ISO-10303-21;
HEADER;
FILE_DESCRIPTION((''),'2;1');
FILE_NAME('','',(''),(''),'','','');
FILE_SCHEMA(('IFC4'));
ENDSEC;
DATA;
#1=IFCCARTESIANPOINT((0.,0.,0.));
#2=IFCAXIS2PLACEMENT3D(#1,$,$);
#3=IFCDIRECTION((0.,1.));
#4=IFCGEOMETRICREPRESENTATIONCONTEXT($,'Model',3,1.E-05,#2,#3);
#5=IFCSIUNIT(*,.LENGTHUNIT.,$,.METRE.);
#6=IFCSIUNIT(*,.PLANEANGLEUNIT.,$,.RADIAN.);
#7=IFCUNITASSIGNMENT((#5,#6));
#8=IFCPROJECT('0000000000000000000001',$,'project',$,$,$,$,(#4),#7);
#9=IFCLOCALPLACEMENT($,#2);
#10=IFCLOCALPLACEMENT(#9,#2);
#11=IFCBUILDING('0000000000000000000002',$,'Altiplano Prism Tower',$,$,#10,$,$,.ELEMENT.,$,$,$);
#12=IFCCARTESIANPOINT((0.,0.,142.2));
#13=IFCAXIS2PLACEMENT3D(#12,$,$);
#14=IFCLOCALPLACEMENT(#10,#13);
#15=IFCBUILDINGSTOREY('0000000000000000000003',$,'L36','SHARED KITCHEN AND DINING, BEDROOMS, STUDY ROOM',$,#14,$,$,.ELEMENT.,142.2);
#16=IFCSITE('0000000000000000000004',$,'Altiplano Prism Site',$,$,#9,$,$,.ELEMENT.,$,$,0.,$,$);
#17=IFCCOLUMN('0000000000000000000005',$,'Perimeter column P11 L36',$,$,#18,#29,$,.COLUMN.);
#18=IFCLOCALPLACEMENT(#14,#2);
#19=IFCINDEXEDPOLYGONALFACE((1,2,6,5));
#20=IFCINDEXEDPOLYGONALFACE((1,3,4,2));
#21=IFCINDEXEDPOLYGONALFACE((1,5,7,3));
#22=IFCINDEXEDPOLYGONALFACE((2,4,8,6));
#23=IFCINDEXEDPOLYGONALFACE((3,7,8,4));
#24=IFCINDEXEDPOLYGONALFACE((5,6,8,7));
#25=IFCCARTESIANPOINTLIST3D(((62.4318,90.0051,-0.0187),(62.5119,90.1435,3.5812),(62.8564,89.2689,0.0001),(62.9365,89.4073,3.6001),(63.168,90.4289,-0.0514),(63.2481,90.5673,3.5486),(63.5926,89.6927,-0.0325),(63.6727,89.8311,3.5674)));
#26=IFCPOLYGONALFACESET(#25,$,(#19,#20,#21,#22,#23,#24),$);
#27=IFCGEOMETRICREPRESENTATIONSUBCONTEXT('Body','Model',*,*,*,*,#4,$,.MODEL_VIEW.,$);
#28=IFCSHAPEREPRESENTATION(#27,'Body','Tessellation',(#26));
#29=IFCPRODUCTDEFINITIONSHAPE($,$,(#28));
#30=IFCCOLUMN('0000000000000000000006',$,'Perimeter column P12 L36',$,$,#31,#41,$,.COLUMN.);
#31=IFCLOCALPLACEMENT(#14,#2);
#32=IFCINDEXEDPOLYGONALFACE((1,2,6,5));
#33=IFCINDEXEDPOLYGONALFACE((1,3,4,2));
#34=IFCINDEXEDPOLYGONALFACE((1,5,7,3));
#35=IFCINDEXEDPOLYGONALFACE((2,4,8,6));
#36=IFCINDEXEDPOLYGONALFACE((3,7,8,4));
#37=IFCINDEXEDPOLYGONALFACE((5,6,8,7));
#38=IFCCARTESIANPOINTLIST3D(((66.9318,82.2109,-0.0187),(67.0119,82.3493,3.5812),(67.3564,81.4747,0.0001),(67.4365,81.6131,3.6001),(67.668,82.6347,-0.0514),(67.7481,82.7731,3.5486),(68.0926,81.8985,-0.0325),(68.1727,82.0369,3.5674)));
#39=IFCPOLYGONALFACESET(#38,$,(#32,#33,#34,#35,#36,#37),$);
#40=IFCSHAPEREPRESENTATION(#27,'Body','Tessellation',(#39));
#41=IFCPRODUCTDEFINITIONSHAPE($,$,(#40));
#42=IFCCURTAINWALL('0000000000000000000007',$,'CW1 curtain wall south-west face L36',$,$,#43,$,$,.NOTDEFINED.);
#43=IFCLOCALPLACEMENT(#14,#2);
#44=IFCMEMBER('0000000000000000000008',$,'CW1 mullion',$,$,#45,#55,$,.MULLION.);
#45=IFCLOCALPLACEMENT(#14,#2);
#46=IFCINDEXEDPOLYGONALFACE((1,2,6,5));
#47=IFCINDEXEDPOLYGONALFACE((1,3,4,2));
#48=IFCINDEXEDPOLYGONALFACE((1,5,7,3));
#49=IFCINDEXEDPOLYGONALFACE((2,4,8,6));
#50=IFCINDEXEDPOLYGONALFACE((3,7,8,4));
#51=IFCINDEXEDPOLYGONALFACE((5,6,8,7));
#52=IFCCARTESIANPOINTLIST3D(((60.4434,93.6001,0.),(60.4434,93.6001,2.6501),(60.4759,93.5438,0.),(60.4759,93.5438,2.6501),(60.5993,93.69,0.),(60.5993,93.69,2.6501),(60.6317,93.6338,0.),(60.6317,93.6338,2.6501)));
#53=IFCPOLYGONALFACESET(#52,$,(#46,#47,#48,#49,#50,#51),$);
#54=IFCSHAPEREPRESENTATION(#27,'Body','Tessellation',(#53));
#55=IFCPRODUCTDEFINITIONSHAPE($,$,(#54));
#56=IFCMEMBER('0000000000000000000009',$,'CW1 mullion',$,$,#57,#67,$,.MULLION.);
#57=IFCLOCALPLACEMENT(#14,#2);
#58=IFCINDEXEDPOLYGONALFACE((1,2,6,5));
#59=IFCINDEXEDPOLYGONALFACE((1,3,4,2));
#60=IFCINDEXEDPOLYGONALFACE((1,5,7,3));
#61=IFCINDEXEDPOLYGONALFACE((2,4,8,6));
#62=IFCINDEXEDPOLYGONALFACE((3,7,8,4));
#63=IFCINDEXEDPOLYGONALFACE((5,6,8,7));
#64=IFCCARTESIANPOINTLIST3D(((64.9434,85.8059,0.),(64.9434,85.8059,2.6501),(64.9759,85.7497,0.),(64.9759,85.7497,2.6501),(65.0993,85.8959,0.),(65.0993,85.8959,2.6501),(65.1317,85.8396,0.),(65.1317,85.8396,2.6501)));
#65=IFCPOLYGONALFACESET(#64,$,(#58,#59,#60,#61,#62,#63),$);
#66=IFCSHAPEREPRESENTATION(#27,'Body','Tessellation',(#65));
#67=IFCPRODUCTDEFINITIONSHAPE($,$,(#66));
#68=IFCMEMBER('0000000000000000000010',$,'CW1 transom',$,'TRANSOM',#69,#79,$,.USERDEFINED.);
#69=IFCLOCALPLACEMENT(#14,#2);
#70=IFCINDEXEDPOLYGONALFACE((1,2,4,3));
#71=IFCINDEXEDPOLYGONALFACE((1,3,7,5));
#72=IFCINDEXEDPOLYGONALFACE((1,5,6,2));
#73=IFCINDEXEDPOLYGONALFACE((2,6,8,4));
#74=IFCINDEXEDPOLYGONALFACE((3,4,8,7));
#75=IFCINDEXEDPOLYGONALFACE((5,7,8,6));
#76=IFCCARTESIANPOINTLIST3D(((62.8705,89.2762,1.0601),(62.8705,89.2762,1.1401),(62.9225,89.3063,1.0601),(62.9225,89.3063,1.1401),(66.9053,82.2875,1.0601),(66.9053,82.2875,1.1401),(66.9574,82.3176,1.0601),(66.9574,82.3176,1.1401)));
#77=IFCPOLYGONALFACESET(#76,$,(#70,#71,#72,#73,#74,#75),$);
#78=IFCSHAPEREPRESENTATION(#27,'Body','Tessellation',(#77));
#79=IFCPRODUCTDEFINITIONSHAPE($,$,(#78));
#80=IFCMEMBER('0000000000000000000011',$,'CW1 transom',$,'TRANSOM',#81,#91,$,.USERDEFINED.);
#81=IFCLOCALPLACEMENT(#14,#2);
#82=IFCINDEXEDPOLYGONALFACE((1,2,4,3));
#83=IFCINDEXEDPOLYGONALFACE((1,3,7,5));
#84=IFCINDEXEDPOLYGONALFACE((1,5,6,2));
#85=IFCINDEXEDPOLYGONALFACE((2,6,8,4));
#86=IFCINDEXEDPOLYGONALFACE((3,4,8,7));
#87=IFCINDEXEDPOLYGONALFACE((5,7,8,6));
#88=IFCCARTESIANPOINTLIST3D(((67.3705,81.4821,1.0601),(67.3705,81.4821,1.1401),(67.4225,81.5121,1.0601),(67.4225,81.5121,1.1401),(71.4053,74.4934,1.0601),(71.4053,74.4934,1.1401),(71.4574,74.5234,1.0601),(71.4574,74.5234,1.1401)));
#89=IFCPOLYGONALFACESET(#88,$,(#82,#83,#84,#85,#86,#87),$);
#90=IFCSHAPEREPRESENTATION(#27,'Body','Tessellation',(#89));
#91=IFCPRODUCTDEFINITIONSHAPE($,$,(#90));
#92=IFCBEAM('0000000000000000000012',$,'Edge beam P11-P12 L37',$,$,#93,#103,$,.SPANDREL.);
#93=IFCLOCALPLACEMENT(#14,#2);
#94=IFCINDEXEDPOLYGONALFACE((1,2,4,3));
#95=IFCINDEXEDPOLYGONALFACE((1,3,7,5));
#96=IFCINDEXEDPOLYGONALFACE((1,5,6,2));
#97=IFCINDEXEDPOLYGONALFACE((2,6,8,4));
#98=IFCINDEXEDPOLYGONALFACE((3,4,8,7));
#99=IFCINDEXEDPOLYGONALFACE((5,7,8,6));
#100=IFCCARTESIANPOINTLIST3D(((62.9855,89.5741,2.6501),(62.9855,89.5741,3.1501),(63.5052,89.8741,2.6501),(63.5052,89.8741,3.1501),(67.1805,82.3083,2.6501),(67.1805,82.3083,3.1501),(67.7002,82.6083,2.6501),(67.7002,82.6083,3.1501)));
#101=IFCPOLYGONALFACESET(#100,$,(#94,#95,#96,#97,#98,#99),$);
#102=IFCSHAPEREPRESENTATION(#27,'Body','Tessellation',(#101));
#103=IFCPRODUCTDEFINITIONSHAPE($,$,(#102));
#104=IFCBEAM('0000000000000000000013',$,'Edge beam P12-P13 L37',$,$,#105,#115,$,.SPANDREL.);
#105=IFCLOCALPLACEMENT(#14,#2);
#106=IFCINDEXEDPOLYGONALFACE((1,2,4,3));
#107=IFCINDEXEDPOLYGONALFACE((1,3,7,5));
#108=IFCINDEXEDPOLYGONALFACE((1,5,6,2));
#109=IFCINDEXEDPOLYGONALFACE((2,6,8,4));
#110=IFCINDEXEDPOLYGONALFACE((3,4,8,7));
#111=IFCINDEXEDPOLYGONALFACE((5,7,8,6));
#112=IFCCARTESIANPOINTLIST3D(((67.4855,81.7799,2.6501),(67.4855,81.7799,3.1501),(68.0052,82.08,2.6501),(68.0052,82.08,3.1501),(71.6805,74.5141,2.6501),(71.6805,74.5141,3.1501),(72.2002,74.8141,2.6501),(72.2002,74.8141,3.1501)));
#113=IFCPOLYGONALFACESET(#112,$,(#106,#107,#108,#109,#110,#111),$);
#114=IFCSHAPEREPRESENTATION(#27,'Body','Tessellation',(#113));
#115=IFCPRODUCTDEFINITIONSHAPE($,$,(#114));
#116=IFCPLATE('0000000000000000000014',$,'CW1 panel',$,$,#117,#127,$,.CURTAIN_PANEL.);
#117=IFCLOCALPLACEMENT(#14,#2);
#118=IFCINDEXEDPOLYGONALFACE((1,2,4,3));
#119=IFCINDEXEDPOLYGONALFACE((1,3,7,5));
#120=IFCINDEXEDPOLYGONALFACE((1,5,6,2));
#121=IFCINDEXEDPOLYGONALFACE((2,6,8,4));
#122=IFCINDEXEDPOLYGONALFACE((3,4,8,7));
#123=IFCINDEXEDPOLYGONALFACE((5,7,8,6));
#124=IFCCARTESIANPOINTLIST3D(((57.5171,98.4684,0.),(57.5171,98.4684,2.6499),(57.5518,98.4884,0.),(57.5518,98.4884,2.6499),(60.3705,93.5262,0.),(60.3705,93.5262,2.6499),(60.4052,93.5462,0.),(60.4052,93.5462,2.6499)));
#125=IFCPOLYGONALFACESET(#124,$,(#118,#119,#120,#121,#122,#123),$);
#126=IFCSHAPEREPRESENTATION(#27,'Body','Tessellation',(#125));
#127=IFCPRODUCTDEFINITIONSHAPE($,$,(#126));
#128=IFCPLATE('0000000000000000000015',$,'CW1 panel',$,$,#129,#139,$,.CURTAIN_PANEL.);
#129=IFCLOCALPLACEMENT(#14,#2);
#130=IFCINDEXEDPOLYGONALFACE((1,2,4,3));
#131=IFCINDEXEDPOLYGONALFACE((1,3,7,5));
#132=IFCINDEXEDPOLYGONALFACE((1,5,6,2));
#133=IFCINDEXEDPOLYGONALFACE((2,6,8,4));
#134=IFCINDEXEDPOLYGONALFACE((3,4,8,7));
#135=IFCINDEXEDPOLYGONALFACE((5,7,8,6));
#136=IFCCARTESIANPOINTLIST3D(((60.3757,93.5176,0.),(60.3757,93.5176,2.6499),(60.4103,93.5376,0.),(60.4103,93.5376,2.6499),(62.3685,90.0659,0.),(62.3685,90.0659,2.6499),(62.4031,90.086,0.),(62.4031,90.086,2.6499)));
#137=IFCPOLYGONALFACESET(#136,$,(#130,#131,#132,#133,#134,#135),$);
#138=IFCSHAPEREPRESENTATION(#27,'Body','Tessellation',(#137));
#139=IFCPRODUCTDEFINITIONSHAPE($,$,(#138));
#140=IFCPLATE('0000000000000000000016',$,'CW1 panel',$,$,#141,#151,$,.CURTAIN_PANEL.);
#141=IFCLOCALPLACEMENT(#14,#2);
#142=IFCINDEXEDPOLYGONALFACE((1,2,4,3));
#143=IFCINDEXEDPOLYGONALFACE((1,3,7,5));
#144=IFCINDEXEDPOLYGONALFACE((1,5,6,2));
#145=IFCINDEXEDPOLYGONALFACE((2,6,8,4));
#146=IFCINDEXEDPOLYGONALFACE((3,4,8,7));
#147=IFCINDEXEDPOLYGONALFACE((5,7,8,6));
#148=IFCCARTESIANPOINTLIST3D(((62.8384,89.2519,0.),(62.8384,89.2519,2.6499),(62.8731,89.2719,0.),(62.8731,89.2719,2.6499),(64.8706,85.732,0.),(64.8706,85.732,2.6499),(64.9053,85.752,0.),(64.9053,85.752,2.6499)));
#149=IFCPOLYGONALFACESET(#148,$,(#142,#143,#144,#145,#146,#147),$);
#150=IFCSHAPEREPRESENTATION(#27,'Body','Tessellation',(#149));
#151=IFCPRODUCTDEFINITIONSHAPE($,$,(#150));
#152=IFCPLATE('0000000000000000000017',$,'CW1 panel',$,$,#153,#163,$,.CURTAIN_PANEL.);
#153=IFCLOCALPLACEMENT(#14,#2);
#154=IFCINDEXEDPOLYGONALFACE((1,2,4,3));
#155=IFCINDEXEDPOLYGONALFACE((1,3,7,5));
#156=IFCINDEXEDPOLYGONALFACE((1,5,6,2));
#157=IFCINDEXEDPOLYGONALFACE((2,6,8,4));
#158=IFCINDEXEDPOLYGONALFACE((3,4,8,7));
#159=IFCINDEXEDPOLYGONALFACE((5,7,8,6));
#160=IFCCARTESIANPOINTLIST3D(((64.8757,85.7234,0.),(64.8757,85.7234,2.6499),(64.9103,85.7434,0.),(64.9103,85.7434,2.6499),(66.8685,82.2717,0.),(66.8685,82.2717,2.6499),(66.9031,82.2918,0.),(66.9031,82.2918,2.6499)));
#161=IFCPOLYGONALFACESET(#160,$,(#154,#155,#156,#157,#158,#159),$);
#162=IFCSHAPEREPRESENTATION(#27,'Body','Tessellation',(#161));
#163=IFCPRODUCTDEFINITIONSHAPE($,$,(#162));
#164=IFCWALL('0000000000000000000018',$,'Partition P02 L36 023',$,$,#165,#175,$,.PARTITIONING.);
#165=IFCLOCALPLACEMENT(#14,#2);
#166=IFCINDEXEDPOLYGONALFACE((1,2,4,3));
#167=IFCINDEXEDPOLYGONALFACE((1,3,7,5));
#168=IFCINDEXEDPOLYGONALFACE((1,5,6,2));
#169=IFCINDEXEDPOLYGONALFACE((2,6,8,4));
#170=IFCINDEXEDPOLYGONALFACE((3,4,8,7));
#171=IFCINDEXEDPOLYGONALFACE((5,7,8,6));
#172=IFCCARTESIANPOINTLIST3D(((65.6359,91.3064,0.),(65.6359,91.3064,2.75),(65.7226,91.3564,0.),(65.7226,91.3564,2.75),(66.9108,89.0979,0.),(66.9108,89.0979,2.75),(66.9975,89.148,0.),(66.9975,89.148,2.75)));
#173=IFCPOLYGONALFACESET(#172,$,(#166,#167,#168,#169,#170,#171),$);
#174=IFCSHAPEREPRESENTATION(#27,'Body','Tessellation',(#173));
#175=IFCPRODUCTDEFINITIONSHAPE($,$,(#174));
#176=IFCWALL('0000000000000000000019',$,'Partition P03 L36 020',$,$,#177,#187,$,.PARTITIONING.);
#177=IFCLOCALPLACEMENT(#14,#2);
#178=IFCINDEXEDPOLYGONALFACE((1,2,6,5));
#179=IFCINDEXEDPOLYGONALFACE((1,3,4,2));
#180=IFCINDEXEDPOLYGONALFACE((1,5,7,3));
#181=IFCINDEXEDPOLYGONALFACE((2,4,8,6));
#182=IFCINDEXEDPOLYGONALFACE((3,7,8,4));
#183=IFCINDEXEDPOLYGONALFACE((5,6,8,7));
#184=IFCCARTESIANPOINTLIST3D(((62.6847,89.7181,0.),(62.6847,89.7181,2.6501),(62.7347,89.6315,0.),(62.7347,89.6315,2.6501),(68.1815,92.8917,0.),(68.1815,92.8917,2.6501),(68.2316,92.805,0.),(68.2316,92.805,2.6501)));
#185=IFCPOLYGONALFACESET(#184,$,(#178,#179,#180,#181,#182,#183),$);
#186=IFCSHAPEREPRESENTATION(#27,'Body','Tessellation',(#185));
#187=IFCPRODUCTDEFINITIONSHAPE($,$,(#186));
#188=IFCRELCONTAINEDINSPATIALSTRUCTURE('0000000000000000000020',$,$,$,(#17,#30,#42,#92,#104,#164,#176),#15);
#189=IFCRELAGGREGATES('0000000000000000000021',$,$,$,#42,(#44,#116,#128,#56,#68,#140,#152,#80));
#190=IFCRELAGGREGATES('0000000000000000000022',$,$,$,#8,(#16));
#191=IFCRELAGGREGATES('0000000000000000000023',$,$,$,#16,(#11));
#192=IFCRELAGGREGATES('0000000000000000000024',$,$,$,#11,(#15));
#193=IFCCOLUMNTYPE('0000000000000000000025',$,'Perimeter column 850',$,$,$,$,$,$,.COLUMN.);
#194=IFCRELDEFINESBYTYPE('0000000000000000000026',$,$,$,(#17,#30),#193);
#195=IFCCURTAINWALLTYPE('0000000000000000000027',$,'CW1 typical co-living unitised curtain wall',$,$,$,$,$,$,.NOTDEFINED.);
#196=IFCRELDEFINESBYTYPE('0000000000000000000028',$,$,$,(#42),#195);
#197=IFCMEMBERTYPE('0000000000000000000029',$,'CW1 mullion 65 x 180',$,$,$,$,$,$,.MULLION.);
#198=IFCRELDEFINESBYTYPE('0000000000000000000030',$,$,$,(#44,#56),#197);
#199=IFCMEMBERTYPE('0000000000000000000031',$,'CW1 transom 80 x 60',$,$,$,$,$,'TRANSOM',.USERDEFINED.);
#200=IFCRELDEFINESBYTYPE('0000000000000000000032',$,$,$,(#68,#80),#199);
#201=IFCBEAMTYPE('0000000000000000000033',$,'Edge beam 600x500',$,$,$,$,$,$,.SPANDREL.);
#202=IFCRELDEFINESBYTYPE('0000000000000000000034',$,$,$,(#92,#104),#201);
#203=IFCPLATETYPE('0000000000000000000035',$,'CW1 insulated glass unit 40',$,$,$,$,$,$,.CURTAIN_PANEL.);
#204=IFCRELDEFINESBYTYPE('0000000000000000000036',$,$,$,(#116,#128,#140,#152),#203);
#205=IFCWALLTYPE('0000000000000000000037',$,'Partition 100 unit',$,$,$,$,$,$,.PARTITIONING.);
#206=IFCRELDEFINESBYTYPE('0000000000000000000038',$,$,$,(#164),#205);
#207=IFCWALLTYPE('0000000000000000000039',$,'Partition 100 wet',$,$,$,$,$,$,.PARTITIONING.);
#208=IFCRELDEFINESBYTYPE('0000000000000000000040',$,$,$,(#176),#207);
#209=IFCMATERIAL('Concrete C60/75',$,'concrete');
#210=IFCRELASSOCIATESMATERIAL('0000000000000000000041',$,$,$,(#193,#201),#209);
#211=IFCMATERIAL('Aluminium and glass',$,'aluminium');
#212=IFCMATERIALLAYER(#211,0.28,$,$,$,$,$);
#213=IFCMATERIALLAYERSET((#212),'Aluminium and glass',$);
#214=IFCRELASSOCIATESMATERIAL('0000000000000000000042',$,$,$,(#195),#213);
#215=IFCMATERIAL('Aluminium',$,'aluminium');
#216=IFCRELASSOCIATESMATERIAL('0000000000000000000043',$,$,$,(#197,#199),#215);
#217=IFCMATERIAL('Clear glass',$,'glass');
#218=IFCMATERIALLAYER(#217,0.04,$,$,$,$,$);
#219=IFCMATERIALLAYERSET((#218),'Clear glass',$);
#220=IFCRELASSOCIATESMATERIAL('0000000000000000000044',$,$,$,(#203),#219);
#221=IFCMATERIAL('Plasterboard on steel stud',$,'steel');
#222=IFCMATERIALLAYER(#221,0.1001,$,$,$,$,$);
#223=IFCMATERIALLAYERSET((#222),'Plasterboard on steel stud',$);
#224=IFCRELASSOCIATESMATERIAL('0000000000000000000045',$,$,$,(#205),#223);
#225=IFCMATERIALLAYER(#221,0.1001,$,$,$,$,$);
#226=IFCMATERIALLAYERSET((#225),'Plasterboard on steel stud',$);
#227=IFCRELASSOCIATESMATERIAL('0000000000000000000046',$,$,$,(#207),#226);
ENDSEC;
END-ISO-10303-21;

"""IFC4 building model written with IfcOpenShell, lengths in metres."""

from ifc_helpers import new_model, si_unit, direction, frame, frame_2d, origin, origin_2d, place, context, subcontext, project, spatial, rectangle, extrude, material, layer, layer_set, material_profile, profile_set, type_object, element, aggregate, save


model = new_model("IFC4")

# Units and contexts
model_context = context("Model", 3, precision=1e-05, world=origin(), true_north=direction((0.0, 1.0)))
body_context = subcontext(model_context, "Body", "Model", "MODEL_VIEW")
ifc_project = project(units=[si_unit("LENGTHUNIT", "METRE"), si_unit("PLANEANGLEUNIT", "RADIAN")], contexts=[model_context])

# Site, building, storey
site_placement = place(None, origin())
site = spatial("IfcSite", under=ifc_project, at=site_placement, Name="Altiplano Prism Site", CompositionType="ELEMENT", RefElevation=0.0)
building_placement = place(site_placement, origin())
building = spatial("IfcBuilding", under=site, at=building_placement, Name="Altiplano Prism Tower", CompositionType="ELEMENT")
storey_placement = place(building_placement, frame((0.0, 0.0, 142.2)))
storey = spatial("IfcBuildingStorey", under=building, at=storey_placement, Name="L36", Description="SHARED KITCHEN AND DINING, BEDROOMS, STUDY ROOM", CompositionType="ELEMENT", Elevation=142.2)

# Columns
ifc_material_1 = material(Name="Concrete C60/75", Category="concrete")
ifc_material_profile_1 = material_profile(ifc_material_1, rectangle(XDim=0.8501, YDim=0.8501, at=origin_2d()), Name="Perimeter column 850")
ifc_profile_set_1 = profile_set([ifc_material_profile_1], Name="Concrete C60/75")
column_type = type_object("IfcColumnType", Name="Perimeter column 850", PredefinedType="COLUMN", material=ifc_profile_set_1)
for number, where, z_axis, x_axis, name in (
    (1, (63.0122, 89.8489, -0.0256), (0.022223, 0.038416, 0.999015), (-0.866021, -0.498528, 0.038435), "Perimeter column P11 L36"),
    (2, (67.5122, 82.0547, -0.0256), (0.022223, 0.038416, 0.999015), (-0.866021, -0.498528, 0.038435), "Perimeter column P12 L36"),
):
    element("IfcColumn", number, at=place(storey_placement, frame(where, z_axis=z_axis, x_axis=x_axis)), inside=storey, type_object=column_type, Name=name, PredefinedType="COLUMN", context=body_context, shape_type="SweptSolid", body=[
        extrude(rectangle(XDim=0.8501, YDim=0.8501, at=origin_2d()), origin(), (0.0, 0.0, 1.0), 3.6035),
    ])

# Curtain wall, members
ifc_material_2 = material(Name="Aluminium and glass", Category="aluminium")
ifc_layer_1 = layer(ifc_material_2, 0.28)
ifc_layer_set_1 = layer_set([ifc_layer_1], Name="Aluminium and glass")
curtain_wall_type = type_object("IfcCurtainWallType", Name="CW1 typical co-living unitised curtain wall", PredefinedType="NOTDEFINED", material=ifc_layer_set_1)
curtain_wall_placement = place(storey_placement, origin())
curtain_wall = element("IfcCurtainWall", 3, at=curtain_wall_placement, inside=storey, type_object=curtain_wall_type, Name="CW1 curtain wall south-west face L36", PredefinedType="NOTDEFINED")
ifc_material_3 = material(Name="Aluminium", Category="aluminium")
ifc_material_profile_2 = material_profile(ifc_material_3, rectangle(XDim=0.1799, YDim=0.0649, at=origin_2d()), Name="CW1 mullion 65 x 180")
ifc_profile_set_2 = profile_set([ifc_material_profile_2], Name="Aluminium")
member_type_1 = type_object("IfcMemberType", Name="CW1 mullion 65 x 180", PredefinedType="MULLION", material=ifc_profile_set_2)
member_1_placement = place(storey_placement, frame((60.5376, 93.6169, 0.0), z_axis=(0.0, 0.0, 1.0), x_axis=(0.866025, 0.5, 0.0)))
member_1 = element("IfcMember", 4, at=member_1_placement, type_object=member_type_1, Name="CW1 mullion", PredefinedType="MULLION", context=body_context, shape_type="SweptSolid", body=[
    extrude(rectangle(XDim=0.1799, YDim=0.0649, at=origin_2d()), origin(), (0.0, 0.0, 1.0), 2.6501),
])
member_2_placement = place(storey_placement, frame((65.0376, 85.8228, 0.0), z_axis=(0.0, 0.0, 1.0), x_axis=(0.866025, 0.5, 0.0)))
member_2 = element("IfcMember", 5, at=member_2_placement, type_object=member_type_1, Name="CW1 mullion", PredefinedType="MULLION", context=body_context, shape_type="SweptSolid", body=[
    extrude(rectangle(XDim=0.1799, YDim=0.0649, at=origin_2d()), origin(), (0.0, 0.0, 1.0), 2.6501),
])
ifc_material_profile_3 = material_profile(ifc_material_3, rectangle(XDim=0.0601, YDim=0.0801, at=origin_2d()), Name="CW1 transom 80 x 60")
ifc_profile_set_3 = profile_set([ifc_material_profile_3], Name="Aluminium")
member_type_2 = type_object("IfcMemberType", Name="CW1 transom 80 x 60", ElementType="TRANSOM", PredefinedType="USERDEFINED", material=ifc_profile_set_3)
member_3_placement = place(storey_placement, frame((62.8965, 89.2913, 1.1001), z_axis=(0.499995, -0.866028, 0.0), x_axis=(0.866028, 0.499995, 0.0)))
member_3 = element("IfcMember", 6, at=member_3_placement, type_object=member_type_2, Name="CW1 transom", ObjectType="TRANSOM", PredefinedType="USERDEFINED", context=body_context, shape_type="SweptSolid", body=[
    extrude(rectangle(XDim=0.0601, YDim=0.0801, at=origin_2d()), origin(), (0.0, 0.0, 1.0), 8.0698),
])
member_4_placement = place(storey_placement, frame((67.3965, 81.4971, 1.1001), z_axis=(0.499995, -0.866028, 0.0), x_axis=(0.866028, 0.499995, 0.0)))
member_4 = element("IfcMember", 7, at=member_4_placement, type_object=member_type_2, Name="CW1 transom", ObjectType="TRANSOM", PredefinedType="USERDEFINED", context=body_context, shape_type="SweptSolid", body=[
    extrude(rectangle(XDim=0.0601, YDim=0.0801, at=origin_2d()), origin(), (0.0, 0.0, 1.0), 8.0698),
])

# Beams
ifc_material_profile_4 = material_profile(ifc_material_1, rectangle(XDim=0.6001, YDim=0.5, at=origin_2d()), Name="Edge beam 600x500")
ifc_profile_set_4 = profile_set([ifc_material_profile_4], Name="Concrete C60/75")
beam_type = type_object("IfcBeamType", Name="Edge beam 600x500", PredefinedType="SPANDREL", material=ifc_profile_set_4)
for number, where, z_axis, x_axis, name in (
    (8, (63.2454, 89.7241, 2.9001), (0.50001, -0.866019, 0.0), (0.866019, 0.50001, 0.0), "Edge beam P11-P12 L37"),
    (9, (67.7454, 81.9299, 2.9001), (0.50001, -0.866019, 0.0), (0.866019, 0.50001, 0.0), "Edge beam P12-P13 L37"),
):
    element("IfcBeam", number, at=place(storey_placement, frame(where, z_axis=z_axis, x_axis=x_axis)), inside=storey, type_object=beam_type, Name=name, PredefinedType="SPANDREL", context=body_context, shape_type="SweptSolid", body=[
        extrude(rectangle(XDim=0.6001, YDim=0.5, at=origin_2d()), origin(), (0.0, 0.0, 1.0), 8.3899),
    ])

# Plates
ifc_material_4 = material(Name="Clear glass", Category="glass")
ifc_layer_2 = layer(ifc_material_4, 0.04)
ifc_layer_set_2 = layer_set([ifc_layer_2], Name="Clear glass")
plate_type = type_object("IfcPlateType", Name="CW1 insulated glass unit 40", PredefinedType="CURTAIN_PANEL", material=ifc_layer_set_2)
plate_1_placement = place(storey_placement, frame((58.9612, 96.0073, 0.0), z_axis=(0.0, 0.0, 1.0), x_axis=(0.5, -0.866025, 0.0)))
plate_1 = element("IfcPlate", 10, at=plate_1_placement, type_object=plate_type, Name="CW1 panel", PredefinedType="CURTAIN_PANEL", context=body_context, shape_type="SweptSolid", body=[
    extrude(rectangle(XDim=5.7068, YDim=0.04, at=origin_2d()), origin(), (0.0, 0.0, 1.0), 2.6499),
])
plate_2_placement = place(storey_placement, frame((61.3894, 91.8018, 0.0), z_axis=(0.0, 0.0, 1.0), x_axis=(0.5, -0.866025, 0.0)))
plate_2 = element("IfcPlate", 11, at=plate_2_placement, type_object=plate_type, Name="CW1 panel", PredefinedType="CURTAIN_PANEL", context=body_context, shape_type="SweptSolid", body=[
    extrude(rectangle(XDim=3.9856, YDim=0.04, at=origin_2d()), origin(), (0.0, 0.0, 1.0), 2.6499),
])
plate_3_placement = place(storey_placement, frame((63.8718, 87.502, 0.0), z_axis=(0.0, 0.0, 1.0), x_axis=(0.5, -0.866025, 0.0)))
plate_3 = element("IfcPlate", 12, at=plate_3_placement, type_object=plate_type, Name="CW1 panel", PredefinedType="CURTAIN_PANEL", context=body_context, shape_type="SweptSolid", body=[
    extrude(rectangle(XDim=4.0645, YDim=0.04, at=origin_2d()), origin(), (0.0, 0.0, 1.0), 2.6499),
])
plate_4_placement = place(storey_placement, frame((65.8894, 84.0076, 0.0), z_axis=(0.0, 0.0, 1.0), x_axis=(0.5, -0.866025, 0.0)))
plate_4 = element("IfcPlate", 13, at=plate_4_placement, type_object=plate_type, Name="CW1 panel", PredefinedType="CURTAIN_PANEL", context=body_context, shape_type="SweptSolid", body=[
    extrude(rectangle(XDim=3.9856, YDim=0.04, at=origin_2d()), origin(), (0.0, 0.0, 1.0), 2.6499),
])
aggregate(curtain_wall, [member_1, plate_1, plate_2, member_2, member_3, plate_3, plate_4, member_4])

# Walls
ifc_material_5 = material(Name="Plasterboard on steel stud", Category="steel")
ifc_layer_3 = layer(ifc_material_5, 0.1001)
ifc_layer_set_3 = layer_set([ifc_layer_3], Name="Plasterboard on steel stud")
wall_type_1 = type_object("IfcWallType", Name="Partition 100 unit", PredefinedType="PARTITIONING", material=ifc_layer_set_3)
wall_1_placement = place(storey_placement, frame((66.9541, 89.123, 0.0), z_axis=(0.0, 0.0, 1.0), x_axis=(-0.499949, 0.866055, 0.0)))
element("IfcWall", 14, at=wall_1_placement, inside=storey, type_object=wall_type_1, Name="Partition P02 L36 023", PredefinedType="PARTITIONING", context=body_context, shape_type="SweptSolid", body=[
    extrude(rectangle(XDim=2.55, YDim=0.1001, at=frame_2d((1.2749, 0.0))), origin(), (0.0, 0.0, 1.0), 2.75),
])
ifc_layer_4 = layer(ifc_material_5, 0.1001)
ifc_layer_set_4 = layer_set([ifc_layer_4], Name="Plasterboard on steel stud")
wall_type_2 = type_object("IfcWallType", Name="Partition 100 wet", PredefinedType="PARTITIONING", material=ifc_layer_set_4)
wall_2_placement = place(storey_placement, frame((62.7097, 89.6748, 0.0), z_axis=(0.0, 0.0, 1.0), x_axis=(0.866026, 0.499999, 0.0)))
element("IfcWall", 15, at=wall_2_placement, inside=storey, type_object=wall_type_2, Name="Partition P03 L36 020", PredefinedType="PARTITIONING", context=body_context, shape_type="SweptSolid", body=[
    extrude(rectangle(XDim=6.3472, YDim=0.1001, at=frame_2d((3.1736, 0.0))), origin(), (0.0, 0.0, 1.0), 2.6501),
])

save(model, "model.ifc")
